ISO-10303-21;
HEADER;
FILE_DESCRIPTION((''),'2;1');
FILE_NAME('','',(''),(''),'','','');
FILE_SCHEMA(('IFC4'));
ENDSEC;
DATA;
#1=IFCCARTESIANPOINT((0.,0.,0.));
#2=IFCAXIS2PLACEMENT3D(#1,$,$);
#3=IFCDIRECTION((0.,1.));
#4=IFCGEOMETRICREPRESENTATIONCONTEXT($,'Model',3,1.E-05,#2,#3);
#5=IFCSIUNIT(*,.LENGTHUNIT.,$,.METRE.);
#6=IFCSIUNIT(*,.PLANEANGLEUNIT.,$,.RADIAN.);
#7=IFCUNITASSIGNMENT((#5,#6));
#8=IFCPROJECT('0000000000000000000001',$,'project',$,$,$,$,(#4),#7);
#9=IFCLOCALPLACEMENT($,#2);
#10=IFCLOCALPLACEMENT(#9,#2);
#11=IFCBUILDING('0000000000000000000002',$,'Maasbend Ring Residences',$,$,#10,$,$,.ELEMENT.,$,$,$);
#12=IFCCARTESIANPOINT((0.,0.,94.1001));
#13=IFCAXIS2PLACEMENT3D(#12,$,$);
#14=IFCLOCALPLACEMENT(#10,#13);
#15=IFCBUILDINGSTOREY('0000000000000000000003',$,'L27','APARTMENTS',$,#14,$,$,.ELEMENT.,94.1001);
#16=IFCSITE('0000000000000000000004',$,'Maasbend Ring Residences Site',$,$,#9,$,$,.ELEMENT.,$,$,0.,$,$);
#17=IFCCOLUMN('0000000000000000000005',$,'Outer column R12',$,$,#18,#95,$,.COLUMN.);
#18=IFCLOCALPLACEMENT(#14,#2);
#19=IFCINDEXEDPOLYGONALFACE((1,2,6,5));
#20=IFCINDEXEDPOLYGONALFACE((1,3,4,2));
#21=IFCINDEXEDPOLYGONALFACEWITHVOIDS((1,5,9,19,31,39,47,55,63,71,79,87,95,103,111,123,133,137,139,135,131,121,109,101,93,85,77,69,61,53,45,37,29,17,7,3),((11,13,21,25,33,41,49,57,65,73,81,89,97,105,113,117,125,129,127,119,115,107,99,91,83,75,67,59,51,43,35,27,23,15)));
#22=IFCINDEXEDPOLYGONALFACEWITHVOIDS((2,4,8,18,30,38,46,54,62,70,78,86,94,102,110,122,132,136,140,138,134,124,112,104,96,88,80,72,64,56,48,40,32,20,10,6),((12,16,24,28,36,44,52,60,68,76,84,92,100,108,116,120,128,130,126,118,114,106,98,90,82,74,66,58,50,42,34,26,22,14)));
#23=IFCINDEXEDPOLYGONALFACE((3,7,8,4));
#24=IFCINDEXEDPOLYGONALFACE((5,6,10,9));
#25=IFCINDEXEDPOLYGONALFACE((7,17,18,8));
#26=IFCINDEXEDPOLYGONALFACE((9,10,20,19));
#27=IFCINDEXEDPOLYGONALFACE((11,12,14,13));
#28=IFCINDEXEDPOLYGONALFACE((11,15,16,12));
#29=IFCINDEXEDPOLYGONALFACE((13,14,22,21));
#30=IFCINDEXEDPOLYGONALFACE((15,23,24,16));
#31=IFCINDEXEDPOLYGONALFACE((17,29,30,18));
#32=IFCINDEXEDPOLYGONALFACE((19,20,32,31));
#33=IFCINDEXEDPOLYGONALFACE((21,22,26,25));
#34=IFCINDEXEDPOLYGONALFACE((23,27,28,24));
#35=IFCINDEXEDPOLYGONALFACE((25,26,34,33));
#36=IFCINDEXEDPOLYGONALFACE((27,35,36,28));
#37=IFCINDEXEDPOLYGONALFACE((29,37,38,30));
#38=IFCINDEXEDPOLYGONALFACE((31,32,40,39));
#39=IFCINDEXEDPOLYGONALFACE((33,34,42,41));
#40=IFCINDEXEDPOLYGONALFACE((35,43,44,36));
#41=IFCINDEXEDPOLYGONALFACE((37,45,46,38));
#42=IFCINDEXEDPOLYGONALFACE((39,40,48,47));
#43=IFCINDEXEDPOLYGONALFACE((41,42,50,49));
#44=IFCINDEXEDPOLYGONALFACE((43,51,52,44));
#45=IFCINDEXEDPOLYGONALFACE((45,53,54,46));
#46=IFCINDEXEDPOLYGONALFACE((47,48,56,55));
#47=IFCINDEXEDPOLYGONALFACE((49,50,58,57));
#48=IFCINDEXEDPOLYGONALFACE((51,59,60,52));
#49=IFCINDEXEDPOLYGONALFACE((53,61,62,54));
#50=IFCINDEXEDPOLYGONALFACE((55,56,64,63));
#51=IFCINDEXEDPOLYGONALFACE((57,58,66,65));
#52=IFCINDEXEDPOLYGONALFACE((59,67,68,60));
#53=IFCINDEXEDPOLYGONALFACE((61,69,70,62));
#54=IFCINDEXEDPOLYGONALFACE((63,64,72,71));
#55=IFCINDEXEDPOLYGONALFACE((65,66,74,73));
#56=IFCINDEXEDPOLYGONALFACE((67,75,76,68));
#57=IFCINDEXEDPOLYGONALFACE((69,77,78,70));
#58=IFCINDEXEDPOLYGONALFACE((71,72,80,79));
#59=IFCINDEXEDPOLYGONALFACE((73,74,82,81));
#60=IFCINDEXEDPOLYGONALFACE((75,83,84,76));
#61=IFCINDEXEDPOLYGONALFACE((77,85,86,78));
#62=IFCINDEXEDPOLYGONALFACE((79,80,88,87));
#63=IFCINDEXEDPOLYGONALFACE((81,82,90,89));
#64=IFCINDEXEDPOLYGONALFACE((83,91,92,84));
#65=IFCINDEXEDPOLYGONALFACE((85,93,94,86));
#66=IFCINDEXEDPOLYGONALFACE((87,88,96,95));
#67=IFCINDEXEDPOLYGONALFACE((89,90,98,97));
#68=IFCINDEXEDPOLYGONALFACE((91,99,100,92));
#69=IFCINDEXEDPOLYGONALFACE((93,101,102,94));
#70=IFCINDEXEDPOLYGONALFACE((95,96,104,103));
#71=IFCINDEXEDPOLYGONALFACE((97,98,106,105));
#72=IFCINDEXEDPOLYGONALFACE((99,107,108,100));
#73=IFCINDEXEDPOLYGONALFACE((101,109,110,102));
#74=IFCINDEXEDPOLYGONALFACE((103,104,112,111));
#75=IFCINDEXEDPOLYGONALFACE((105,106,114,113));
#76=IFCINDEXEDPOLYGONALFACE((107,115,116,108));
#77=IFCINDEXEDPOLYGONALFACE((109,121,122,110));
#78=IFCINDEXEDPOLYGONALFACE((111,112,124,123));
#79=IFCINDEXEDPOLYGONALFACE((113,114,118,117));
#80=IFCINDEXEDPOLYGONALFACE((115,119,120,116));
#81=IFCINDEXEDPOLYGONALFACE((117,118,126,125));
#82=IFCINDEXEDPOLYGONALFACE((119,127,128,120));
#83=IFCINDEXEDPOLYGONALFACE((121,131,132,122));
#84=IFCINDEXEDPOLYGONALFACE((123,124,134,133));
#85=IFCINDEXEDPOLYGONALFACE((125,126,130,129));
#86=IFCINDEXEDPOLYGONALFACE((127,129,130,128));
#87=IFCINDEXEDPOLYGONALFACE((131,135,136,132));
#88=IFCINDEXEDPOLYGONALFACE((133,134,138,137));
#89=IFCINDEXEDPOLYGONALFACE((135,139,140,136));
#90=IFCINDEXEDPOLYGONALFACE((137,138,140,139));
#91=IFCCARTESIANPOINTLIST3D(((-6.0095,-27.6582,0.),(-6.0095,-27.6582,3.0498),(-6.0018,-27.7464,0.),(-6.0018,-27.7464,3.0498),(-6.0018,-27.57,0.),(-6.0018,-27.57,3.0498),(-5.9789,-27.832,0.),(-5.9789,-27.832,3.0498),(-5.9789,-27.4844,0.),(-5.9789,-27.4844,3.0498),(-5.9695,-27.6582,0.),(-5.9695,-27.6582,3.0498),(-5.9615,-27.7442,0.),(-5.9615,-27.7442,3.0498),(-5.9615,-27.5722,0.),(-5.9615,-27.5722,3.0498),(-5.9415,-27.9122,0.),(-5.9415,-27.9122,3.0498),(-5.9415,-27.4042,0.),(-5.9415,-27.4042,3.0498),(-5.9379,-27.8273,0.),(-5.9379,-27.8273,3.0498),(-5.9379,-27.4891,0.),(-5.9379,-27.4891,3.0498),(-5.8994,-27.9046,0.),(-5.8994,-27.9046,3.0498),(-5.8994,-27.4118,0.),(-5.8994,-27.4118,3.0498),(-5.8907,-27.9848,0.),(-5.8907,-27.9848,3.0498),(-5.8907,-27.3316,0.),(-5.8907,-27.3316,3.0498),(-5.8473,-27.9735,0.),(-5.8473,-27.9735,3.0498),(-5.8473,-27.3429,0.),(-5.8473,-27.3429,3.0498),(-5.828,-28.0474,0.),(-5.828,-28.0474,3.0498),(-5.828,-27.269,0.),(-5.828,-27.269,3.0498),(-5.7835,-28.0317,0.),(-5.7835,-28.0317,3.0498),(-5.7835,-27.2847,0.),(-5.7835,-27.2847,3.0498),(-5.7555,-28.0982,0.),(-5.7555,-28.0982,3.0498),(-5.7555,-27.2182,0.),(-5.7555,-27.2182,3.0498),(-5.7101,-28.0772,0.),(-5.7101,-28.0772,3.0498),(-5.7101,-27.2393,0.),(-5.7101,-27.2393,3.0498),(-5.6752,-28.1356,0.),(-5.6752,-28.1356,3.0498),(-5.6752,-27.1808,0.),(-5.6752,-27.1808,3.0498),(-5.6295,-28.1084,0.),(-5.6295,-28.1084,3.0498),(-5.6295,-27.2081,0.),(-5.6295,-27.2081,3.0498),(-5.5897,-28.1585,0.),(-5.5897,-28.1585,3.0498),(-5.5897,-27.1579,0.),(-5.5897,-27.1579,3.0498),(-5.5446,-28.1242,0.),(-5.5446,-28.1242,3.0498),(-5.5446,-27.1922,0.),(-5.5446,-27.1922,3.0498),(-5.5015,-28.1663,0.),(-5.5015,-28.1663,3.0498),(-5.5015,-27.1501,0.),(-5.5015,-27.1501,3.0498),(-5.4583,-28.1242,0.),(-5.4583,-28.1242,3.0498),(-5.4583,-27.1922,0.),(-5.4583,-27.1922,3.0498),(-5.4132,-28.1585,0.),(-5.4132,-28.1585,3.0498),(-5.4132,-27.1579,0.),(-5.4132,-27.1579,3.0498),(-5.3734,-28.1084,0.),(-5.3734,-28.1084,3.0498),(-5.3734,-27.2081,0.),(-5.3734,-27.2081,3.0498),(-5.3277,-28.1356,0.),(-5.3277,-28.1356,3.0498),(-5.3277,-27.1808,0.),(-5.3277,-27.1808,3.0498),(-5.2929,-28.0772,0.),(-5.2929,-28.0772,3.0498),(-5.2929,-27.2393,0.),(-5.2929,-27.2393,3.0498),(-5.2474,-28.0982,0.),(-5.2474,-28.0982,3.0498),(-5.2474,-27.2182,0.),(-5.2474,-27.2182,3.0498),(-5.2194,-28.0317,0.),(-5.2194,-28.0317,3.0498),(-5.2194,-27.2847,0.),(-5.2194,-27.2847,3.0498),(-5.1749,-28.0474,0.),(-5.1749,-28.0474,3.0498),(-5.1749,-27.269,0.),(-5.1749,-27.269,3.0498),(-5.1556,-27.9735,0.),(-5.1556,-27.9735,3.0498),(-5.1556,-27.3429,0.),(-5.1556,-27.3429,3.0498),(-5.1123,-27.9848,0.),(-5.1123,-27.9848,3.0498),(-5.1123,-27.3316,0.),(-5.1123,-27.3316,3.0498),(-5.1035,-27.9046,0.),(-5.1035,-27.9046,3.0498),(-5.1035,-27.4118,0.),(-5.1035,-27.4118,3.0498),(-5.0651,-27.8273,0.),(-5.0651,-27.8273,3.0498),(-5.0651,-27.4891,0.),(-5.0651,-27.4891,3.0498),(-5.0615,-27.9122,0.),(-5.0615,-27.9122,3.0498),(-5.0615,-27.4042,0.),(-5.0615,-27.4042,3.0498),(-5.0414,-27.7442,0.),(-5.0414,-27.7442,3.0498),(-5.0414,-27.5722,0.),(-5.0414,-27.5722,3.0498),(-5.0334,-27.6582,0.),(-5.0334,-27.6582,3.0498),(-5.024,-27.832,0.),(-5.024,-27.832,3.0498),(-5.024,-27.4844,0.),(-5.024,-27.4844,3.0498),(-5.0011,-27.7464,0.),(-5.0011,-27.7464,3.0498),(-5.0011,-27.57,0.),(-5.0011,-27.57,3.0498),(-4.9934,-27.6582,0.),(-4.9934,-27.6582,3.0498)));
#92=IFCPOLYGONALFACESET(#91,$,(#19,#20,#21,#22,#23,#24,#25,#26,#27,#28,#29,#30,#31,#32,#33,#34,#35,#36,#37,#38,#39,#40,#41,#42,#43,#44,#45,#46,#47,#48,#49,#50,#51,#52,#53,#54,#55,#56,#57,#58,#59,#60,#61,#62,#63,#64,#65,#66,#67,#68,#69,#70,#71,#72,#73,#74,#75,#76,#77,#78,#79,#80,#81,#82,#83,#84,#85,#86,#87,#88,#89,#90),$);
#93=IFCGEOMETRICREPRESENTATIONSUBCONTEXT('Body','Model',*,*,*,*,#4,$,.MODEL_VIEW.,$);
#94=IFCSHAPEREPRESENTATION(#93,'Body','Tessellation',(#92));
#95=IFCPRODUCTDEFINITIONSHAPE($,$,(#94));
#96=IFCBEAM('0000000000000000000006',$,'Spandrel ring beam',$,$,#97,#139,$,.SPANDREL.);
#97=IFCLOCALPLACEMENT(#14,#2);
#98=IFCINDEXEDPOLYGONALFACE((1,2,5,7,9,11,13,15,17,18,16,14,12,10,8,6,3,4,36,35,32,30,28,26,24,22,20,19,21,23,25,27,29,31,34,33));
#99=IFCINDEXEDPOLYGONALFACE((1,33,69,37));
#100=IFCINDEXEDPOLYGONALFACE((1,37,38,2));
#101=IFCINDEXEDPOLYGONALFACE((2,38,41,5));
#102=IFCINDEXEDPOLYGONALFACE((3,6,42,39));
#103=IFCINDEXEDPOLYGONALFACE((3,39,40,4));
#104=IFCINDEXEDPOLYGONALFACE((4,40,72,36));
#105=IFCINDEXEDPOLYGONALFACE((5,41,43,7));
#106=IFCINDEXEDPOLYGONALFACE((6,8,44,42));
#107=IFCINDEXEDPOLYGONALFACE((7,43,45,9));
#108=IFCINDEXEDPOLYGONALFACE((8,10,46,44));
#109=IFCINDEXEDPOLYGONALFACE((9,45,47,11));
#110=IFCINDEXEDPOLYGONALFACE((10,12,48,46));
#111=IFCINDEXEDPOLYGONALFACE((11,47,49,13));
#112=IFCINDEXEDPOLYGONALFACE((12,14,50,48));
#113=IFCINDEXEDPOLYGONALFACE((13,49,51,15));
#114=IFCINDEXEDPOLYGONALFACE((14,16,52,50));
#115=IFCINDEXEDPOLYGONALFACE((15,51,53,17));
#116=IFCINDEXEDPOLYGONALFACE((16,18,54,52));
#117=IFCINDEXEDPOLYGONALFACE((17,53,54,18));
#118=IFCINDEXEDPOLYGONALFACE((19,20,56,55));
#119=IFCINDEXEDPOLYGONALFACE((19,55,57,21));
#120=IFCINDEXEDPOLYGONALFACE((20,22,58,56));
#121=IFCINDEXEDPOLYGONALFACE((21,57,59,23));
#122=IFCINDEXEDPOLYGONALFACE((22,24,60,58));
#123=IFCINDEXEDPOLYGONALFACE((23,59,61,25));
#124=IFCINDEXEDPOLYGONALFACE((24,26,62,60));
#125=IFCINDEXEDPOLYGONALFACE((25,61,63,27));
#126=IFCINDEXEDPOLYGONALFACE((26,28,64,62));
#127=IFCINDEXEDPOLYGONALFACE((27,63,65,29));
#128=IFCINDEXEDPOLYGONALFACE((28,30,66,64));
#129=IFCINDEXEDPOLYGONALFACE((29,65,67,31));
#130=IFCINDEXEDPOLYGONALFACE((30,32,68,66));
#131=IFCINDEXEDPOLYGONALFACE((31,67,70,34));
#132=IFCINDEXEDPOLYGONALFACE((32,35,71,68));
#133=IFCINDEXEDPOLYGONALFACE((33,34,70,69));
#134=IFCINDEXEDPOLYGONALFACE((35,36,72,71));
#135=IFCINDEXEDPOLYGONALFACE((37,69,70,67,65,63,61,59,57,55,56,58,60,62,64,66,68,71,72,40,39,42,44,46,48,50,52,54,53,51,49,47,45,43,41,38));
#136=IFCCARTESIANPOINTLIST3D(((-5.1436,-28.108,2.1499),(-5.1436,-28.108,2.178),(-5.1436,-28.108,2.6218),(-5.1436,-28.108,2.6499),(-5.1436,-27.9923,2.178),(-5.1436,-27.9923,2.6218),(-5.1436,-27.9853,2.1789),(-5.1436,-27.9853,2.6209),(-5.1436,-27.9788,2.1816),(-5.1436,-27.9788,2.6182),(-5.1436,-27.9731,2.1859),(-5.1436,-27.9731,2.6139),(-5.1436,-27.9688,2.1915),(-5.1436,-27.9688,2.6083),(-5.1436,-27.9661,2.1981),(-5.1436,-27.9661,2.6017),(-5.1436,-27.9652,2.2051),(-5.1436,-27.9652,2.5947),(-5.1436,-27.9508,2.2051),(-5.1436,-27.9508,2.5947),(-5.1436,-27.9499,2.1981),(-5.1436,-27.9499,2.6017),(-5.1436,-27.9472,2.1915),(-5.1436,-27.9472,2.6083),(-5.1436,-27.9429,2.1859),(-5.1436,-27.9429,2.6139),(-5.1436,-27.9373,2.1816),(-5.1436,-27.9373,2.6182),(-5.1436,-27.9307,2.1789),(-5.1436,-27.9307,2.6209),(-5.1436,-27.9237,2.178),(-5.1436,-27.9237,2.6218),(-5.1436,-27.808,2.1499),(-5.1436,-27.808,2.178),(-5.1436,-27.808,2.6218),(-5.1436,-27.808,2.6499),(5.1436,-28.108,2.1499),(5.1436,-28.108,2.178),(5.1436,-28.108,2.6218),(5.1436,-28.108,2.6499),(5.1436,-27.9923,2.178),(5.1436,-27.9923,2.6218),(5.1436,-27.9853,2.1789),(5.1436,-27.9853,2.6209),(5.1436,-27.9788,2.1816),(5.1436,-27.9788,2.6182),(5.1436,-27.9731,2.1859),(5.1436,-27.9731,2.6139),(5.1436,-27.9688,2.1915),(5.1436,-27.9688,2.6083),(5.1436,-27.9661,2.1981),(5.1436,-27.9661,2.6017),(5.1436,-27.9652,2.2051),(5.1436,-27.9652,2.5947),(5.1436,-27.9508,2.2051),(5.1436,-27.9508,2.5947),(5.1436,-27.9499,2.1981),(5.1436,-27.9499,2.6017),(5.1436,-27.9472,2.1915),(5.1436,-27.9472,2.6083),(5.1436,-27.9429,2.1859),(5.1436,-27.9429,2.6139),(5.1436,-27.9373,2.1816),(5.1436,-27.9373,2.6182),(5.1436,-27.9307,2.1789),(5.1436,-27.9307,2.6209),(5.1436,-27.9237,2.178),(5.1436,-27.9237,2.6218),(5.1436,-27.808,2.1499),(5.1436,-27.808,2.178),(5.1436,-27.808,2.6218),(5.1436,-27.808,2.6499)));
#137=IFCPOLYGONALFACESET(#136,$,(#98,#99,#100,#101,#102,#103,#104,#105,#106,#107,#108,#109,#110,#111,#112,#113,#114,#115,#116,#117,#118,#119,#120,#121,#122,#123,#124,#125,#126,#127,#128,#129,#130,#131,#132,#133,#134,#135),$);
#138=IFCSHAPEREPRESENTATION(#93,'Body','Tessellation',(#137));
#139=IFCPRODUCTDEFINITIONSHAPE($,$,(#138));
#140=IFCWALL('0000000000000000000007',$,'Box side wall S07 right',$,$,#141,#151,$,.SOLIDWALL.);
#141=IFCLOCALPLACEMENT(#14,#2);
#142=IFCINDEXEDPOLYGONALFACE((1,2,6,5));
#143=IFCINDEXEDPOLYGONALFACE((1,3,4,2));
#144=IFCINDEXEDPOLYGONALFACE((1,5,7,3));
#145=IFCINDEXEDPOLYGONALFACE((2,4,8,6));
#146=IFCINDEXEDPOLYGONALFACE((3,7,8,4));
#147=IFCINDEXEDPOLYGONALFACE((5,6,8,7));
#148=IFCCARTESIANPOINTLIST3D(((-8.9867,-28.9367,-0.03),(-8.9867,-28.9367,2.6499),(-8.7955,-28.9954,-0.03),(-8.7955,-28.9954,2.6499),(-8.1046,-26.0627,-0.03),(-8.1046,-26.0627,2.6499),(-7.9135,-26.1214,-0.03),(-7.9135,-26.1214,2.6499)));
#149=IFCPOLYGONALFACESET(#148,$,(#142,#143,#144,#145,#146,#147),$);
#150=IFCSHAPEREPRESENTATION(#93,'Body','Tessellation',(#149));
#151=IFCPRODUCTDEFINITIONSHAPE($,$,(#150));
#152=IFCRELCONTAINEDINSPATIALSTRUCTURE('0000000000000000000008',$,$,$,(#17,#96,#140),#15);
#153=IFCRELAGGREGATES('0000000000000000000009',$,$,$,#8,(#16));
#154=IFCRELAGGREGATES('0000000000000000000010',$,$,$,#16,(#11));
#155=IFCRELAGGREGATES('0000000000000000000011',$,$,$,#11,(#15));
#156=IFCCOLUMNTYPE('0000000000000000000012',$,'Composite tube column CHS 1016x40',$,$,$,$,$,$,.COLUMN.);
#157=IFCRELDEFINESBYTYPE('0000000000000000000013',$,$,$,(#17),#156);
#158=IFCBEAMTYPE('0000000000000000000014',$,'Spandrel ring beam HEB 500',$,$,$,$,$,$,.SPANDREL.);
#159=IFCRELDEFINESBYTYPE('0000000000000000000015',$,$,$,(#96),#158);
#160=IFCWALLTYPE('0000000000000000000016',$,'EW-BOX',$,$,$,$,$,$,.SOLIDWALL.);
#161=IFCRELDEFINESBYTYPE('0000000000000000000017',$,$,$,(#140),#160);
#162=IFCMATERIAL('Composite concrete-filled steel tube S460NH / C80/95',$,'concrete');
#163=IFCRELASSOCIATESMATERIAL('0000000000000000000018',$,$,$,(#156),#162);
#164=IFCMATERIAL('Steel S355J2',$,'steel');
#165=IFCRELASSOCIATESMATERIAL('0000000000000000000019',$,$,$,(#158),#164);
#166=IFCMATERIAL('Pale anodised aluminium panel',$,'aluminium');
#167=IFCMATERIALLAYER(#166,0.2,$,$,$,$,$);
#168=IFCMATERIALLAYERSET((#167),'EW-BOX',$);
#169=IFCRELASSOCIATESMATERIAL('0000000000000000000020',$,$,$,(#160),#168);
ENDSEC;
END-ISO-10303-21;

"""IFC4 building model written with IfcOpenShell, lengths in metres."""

from ifc_helpers import new_model, si_unit, direction, frame, frame_2d, origin, origin_2d, place, context, subcontext, project, spatial, rectangle, hollow_circle, i_section, extrude, material, layer, layer_set, material_profile, profile_set, type_object, element, save


model = new_model("IFC4")

# Units and contexts
model_context = context("Model", 3, precision=1e-05, world=origin(), true_north=direction((0.0, 1.0)))
body_context = subcontext(model_context, "Body", "Model", "MODEL_VIEW")
ifc_project = project(units=[si_unit("LENGTHUNIT", "METRE"), si_unit("PLANEANGLEUNIT", "RADIAN")], contexts=[model_context])

# Site, building, storey
site_placement = place(None, origin())
site = spatial("IfcSite", under=ifc_project, at=site_placement, Name="Maasbend Ring Residences Site", CompositionType="ELEMENT", RefElevation=0.0)
building_placement = place(site_placement, origin())
building = spatial("IfcBuilding", under=site, at=building_placement, Name="Maasbend Ring Residences", CompositionType="ELEMENT")
storey_placement = place(building_placement, frame((0.0, 0.0, 94.1001)))
storey = spatial("IfcBuildingStorey", under=building, at=storey_placement, Name="L27", Description="APARTMENTS", CompositionType="ELEMENT", Elevation=94.1001)

# Column
ifc_material_1 = material(Name="Composite concrete-filled steel tube S460NH / C80/95", Category="concrete")
ifc_material_profile_1 = material_profile(ifc_material_1, hollow_circle(Radius=0.5081, WallThickness=0.04, at=origin_2d()), Name="Composite tube column CHS 1016x40")
ifc_profile_set_1 = profile_set([ifc_material_profile_1], Name="Composite concrete-filled steel tube S460NH / C80/95")
column_type = type_object("IfcColumnType", Name="Composite tube column CHS 1016x40", PredefinedType="COLUMN", material=ifc_profile_set_1)
column_placement = place(storey_placement, frame((-5.5015, -27.6582, 0.0), z_axis=(0.0, 0.0, 1.0), x_axis=(1.0, 0.0, 0.0)))
element("IfcColumn", 1, at=column_placement, inside=storey, type_object=column_type, Name="Outer column R12", PredefinedType="COLUMN", context=body_context, shape_type="SweptSolid", body=[
    extrude(hollow_circle(Radius=0.5081, WallThickness=0.04, at=origin_2d()), origin(), (0.0, 0.0, 1.0), 3.0498),
])

# Beam
ifc_material_2 = material(Name="Steel S355J2", Category="steel")
ifc_material_profile_2 = material_profile(ifc_material_2, i_section(OverallWidth=0.3, OverallDepth=0.5, WebThickness=0.0144, FlangeThickness=0.0281, FilletRadius=0.0271, at=origin_2d()), Name="HEB 500")
ifc_profile_set_2 = profile_set([ifc_material_profile_2], Name="Steel S355J2")
beam_type = type_object("IfcBeamType", Name="Spandrel ring beam HEB 500", PredefinedType="SPANDREL", material=ifc_profile_set_2)
beam_placement = place(storey_placement, frame((-5.1436, -27.958, 2.3999), z_axis=(1.0, 0.0, 0.0), x_axis=(0.0, 1.0, 0.0)))
element("IfcBeam", 2, at=beam_placement, inside=storey, type_object=beam_type, Name="Spandrel ring beam", PredefinedType="SPANDREL", context=body_context, shape_type="SweptSolid", body=[
    extrude(i_section(OverallWidth=0.3, OverallDepth=0.5, WebThickness=0.0144, FlangeThickness=0.0281, FilletRadius=0.0271, at=origin_2d()), origin(), (0.0, 0.0, 1.0), 10.2871),
])

# Wall
ifc_material_3 = material(Name="Pale anodised aluminium panel", Category="aluminium")
ifc_layer_1 = layer(ifc_material_3, 0.2)
ifc_layer_set_1 = layer_set([ifc_layer_1], Name="EW-BOX")
wall_type_1 = type_object("IfcWallType", Name="EW-BOX", PredefinedType="SOLIDWALL", material=ifc_layer_set_1)
wall_1_placement = place(storey_placement, frame((-8.009, -26.092, -0.03), z_axis=(0.0, 0.0, 1.0), x_axis=(-0.293407, -0.955988, 0.0)))
element("IfcWall", 3, at=wall_1_placement, inside=storey, type_object=wall_type_1, Name="Box side wall S07 right", PredefinedType="SOLIDWALL", context=body_context, shape_type="SweptSolid", body=[
    extrude(rectangle(XDim=3.0063, YDim=0.2, at=frame_2d((1.5032, 0.0))), origin(), (0.0, 0.0, 1.0), 2.6799),
])

save(model, "model.ifc")
